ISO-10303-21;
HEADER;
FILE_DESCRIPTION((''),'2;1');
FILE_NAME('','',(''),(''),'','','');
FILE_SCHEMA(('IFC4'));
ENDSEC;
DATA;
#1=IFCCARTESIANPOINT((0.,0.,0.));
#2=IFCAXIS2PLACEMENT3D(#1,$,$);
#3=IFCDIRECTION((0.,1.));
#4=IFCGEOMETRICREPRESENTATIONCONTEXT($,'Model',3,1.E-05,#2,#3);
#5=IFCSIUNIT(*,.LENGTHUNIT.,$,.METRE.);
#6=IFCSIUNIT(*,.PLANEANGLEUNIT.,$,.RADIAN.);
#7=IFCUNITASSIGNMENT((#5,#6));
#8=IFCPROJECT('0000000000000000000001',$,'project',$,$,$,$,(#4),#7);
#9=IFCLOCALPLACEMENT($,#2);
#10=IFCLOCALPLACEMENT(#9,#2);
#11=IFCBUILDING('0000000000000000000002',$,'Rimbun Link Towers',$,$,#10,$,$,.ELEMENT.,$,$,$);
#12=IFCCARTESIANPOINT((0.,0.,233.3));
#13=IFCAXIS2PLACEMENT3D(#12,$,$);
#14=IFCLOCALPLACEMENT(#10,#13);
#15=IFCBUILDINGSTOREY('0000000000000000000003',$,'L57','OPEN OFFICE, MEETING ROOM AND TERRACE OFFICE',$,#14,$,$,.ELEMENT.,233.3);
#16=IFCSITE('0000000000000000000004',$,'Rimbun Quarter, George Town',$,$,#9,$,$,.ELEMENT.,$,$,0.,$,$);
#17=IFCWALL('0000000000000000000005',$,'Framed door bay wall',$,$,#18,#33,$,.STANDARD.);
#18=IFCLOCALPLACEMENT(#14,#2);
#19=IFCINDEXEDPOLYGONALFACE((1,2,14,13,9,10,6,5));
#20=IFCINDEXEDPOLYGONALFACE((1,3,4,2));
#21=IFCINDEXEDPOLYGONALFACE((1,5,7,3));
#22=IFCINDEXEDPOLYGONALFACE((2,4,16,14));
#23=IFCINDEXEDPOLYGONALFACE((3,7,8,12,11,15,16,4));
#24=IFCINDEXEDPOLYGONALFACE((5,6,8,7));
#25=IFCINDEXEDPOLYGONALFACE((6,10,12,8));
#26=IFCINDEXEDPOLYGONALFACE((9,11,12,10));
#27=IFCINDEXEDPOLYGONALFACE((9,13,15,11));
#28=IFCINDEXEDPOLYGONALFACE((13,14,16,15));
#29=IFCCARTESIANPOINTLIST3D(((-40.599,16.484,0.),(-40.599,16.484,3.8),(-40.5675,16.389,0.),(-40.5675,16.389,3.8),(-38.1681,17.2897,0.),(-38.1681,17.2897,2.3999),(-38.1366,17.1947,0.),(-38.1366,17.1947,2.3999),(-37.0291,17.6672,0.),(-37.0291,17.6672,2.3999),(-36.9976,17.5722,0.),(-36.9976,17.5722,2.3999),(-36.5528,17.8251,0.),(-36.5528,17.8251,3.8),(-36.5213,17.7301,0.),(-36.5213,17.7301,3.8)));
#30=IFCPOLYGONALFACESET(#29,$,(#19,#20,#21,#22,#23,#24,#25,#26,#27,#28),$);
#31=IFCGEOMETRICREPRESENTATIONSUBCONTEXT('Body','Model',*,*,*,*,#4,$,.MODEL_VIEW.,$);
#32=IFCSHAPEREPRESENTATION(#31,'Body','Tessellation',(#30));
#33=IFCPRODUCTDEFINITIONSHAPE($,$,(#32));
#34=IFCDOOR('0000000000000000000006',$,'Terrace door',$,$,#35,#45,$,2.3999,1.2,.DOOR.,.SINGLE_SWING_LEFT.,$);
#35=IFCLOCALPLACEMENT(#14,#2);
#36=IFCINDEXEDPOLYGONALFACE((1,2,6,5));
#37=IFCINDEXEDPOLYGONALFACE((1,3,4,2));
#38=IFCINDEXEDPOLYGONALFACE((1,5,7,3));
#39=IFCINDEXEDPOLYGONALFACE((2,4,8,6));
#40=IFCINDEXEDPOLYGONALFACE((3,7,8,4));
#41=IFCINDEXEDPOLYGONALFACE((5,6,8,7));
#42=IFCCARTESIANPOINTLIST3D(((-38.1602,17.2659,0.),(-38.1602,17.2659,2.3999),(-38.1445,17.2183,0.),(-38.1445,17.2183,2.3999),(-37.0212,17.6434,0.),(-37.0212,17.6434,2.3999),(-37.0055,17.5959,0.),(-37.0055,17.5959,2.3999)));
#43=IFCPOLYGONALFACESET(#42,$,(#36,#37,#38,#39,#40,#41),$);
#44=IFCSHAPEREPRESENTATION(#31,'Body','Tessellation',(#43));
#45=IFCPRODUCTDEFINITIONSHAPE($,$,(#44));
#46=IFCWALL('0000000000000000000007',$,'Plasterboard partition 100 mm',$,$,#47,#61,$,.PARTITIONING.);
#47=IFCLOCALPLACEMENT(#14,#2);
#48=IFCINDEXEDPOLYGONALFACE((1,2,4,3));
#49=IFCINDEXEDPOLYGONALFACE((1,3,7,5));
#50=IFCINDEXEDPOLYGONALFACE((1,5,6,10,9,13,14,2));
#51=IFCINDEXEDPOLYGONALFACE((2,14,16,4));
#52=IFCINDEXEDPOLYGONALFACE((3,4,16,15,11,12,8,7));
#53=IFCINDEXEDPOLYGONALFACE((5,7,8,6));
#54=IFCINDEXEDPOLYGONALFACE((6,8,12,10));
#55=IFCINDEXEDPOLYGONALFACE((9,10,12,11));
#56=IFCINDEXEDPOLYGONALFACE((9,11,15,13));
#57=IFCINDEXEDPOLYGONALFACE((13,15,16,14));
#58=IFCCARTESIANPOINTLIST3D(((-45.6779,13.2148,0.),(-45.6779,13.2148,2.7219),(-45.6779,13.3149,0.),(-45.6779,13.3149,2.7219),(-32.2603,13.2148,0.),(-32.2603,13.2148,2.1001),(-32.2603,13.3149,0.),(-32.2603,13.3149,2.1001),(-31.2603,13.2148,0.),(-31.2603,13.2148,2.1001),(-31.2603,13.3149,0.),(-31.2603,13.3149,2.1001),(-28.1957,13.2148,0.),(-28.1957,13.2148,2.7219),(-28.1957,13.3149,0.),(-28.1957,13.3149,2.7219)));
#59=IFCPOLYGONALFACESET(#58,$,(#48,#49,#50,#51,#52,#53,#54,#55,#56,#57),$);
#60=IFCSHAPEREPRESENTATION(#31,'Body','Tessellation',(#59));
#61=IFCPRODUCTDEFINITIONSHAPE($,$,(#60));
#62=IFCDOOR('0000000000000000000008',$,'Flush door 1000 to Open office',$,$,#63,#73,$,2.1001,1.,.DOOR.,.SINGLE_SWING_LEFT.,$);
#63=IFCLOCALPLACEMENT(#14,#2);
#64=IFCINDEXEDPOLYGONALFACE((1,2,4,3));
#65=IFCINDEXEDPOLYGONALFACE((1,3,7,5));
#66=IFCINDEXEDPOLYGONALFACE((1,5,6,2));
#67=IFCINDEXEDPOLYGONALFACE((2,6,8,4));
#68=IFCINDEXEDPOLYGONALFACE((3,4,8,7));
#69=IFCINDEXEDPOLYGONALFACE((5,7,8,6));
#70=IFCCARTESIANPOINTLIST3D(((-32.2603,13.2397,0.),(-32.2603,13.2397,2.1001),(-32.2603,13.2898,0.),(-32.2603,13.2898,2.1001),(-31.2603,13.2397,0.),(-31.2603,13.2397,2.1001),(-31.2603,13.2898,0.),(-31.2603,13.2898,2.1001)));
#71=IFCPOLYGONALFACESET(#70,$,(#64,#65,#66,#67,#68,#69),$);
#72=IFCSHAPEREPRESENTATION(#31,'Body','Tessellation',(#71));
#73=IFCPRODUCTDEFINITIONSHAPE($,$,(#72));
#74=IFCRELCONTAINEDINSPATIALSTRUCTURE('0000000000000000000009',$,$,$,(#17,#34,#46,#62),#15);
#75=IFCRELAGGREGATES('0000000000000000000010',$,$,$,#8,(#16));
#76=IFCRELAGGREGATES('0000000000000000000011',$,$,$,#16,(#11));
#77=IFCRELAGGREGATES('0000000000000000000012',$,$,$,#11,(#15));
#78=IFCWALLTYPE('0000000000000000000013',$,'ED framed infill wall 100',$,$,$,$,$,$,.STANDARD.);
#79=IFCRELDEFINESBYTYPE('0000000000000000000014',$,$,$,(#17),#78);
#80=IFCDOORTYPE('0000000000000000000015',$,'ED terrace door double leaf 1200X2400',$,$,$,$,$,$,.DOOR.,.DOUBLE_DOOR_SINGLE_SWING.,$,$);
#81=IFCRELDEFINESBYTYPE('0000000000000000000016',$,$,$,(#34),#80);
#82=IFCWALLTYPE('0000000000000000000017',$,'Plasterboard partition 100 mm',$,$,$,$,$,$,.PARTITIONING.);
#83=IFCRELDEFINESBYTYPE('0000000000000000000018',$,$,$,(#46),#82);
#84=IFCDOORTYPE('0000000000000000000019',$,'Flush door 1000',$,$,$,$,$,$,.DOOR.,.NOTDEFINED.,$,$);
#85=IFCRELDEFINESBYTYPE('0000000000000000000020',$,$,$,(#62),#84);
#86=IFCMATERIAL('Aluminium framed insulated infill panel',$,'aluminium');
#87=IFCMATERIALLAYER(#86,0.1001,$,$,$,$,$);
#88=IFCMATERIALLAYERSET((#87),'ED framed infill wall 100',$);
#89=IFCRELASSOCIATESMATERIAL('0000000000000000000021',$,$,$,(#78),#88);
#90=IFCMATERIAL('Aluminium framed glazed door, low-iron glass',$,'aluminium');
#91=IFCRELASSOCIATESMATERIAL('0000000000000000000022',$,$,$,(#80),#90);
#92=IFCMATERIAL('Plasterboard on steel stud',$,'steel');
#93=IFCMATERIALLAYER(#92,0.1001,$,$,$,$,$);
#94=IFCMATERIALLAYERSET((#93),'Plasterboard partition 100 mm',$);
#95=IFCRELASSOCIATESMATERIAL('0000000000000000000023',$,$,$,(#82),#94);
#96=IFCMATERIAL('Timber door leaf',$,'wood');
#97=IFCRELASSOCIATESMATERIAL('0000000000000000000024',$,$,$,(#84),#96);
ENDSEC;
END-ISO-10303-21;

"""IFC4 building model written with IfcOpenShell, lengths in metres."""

from ifc_helpers import new_model, si_unit, direction, frame, frame_2d, origin, place, context, subcontext, project, spatial, rectangle, extrude, material, layer, layer_set, type_object, element, fill, save


model = new_model("IFC4")

# Units and contexts
model_context = context("Model", 3, precision=1e-05, world=origin(), true_north=direction((0.0, 1.0)))
body_context = subcontext(model_context, "Body", "Model", "MODEL_VIEW")
ifc_project = project(units=[si_unit("LENGTHUNIT", "METRE"), si_unit("PLANEANGLEUNIT", "RADIAN")], contexts=[model_context])

# Site, building, storey
site_placement = place(None, origin())
site = spatial("IfcSite", under=ifc_project, at=site_placement, Name="Rimbun Quarter, George Town", CompositionType="ELEMENT", RefElevation=0.0)
building_placement = place(site_placement, origin())
building = spatial("IfcBuilding", under=site, at=building_placement, Name="Rimbun Link Towers", CompositionType="ELEMENT")
storey_placement = place(building_placement, frame((0.0, 0.0, 233.3)))
storey = spatial("IfcBuildingStorey", under=building, at=storey_placement, Name="L57", Description="OPEN OFFICE, MEETING ROOM AND TERRACE OFFICE", CompositionType="ELEMENT", Elevation=233.3)

# Walls, openings, doors
ifc_material_1 = material(Name="Aluminium framed insulated infill panel", Category="aluminium")
ifc_layer_1 = layer(ifc_material_1, 0.1001)
ifc_layer_set_1 = layer_set([ifc_layer_1], Name="ED framed infill wall 100")
wall_type_1 = type_object("IfcWallType", Name="ED framed infill wall 100", PredefinedType="STANDARD", material=ifc_layer_set_1)
wall_1_placement = place(storey_placement, frame((-40.5833, 16.4365, 0.0), z_axis=(0.0, 0.0, 1.0), x_axis=(0.94922, 0.314612, 0.0)))
wall_1 = element("IfcWall", 1, at=wall_1_placement, inside=storey, type_object=wall_type_1, Name="Framed door bay wall", PredefinedType="STANDARD", context=body_context, shape_type="SweptSolid", body=[
    extrude(rectangle(XDim=4.2627, YDim=0.1001, at=frame_2d((2.1313, 0.0))), origin(), (0.0, 0.0, 1.0), 3.8),
])
opening_1_placement = place(wall_1_placement, frame((2.5608, 0.0, 0.0)))
opening_1 = element("IfcOpeningElement", 2, at=opening_1_placement, cuts=wall_1, PredefinedType="OPENING", context=body_context, shape_type="SweptSolid", body=[
    extrude(rectangle(XDim=1.2, YDim=2.3999, at=frame_2d((0.6001, 1.2))), frame((0.0, 0.0601, 0.0), z_axis=(0.0, -1.0, 0.0), x_axis=(1.0, 0.0, 0.0)), (0.0, 0.0, 1.0), 0.1201),
])
ifc_material_2 = material(Name="Aluminium framed glazed door, low-iron glass", Category="aluminium")
door_type_1 = type_object("IfcDoorType", Name="ED terrace door double leaf 1200X2400", OperationType="DOUBLE_DOOR_SINGLE_SWING", PredefinedType="DOOR", material=ifc_material_2)
door_1_placement = place(opening_1_placement, origin())
door_1 = element("IfcDoor", 3, at=door_1_placement, inside=storey, type_object=door_type_1, Name="Terrace door", OperationType="SINGLE_SWING_LEFT", OverallHeight=2.3999, OverallWidth=1.2, PredefinedType="DOOR", context=body_context, shape_type="SweptSolid", body=[
    extrude(rectangle(XDim=1.2, YDim=2.3999, at=frame_2d((0.6001, 1.2))), frame((0.0, 0.0249, 0.0), z_axis=(0.0, -1.0, 0.0), x_axis=(1.0, 0.0, 0.0)), (0.0, 0.0, 1.0), 0.05),
])
fill(opening_1, door_1)
ifc_material_3 = material(Name="Plasterboard on steel stud", Category="steel")
ifc_layer_2 = layer(ifc_material_3, 0.1001)
ifc_layer_set_2 = layer_set([ifc_layer_2], Name="Plasterboard partition 100 mm")
wall_type_2 = type_object("IfcWallType", Name="Plasterboard partition 100 mm", PredefinedType="PARTITIONING", material=ifc_layer_set_2)
wall_2_placement = place(storey_placement, frame((-45.678, 13.2649, 0.0), z_axis=(0.0, 0.0, 1.0), x_axis=(1.0, 0.0, 0.0)))
wall_2 = element("IfcWall", 4, at=wall_2_placement, inside=storey, type_object=wall_type_2, Name="Plasterboard partition 100 mm", PredefinedType="PARTITIONING", context=body_context, shape_type="SweptSolid", body=[
    extrude(rectangle(XDim=17.4822, YDim=0.1001, at=frame_2d((8.7412, 0.0))), origin(), (0.0, 0.0, 1.0), 2.7219),
])
opening_2_placement = place(wall_2_placement, frame((13.4177, 0.0, 0.0)))
opening_2 = element("IfcOpeningElement", 5, at=opening_2_placement, cuts=wall_2, PredefinedType="OPENING", context=body_context, shape_type="SweptSolid", body=[
    extrude(rectangle(XDim=1.0, YDim=2.1001, at=frame_2d((0.5, 1.05))), frame((0.0, 0.0601, 0.0), z_axis=(0.0, -1.0, 0.0), x_axis=(1.0, 0.0, 0.0)), (0.0, 0.0, 1.0), 0.1201),
])
ifc_material_4 = material(Name="Timber door leaf", Category="wood")
door_type_2 = type_object("IfcDoorType", Name="Flush door 1000", OperationType="NOTDEFINED", PredefinedType="DOOR", material=ifc_material_4)
door_2_placement = place(opening_2_placement, origin())
door_2 = element("IfcDoor", 6, at=door_2_placement, inside=storey, type_object=door_type_2, Name="Flush door 1000 to Open office", OperationType="SINGLE_SWING_LEFT", OverallHeight=2.1001, OverallWidth=1.0, PredefinedType="DOOR", context=body_context, shape_type="SweptSolid", body=[
    extrude(rectangle(XDim=1.0, YDim=2.1001, at=frame_2d((0.5, 1.05))), frame((0.0, 0.0249, 0.0), z_axis=(0.0, -1.0, 0.0), x_axis=(1.0, 0.0, 0.0)), (0.0, 0.0, 1.0), 0.05),
])
fill(opening_2, door_2)

save(model, "model.ifc")
